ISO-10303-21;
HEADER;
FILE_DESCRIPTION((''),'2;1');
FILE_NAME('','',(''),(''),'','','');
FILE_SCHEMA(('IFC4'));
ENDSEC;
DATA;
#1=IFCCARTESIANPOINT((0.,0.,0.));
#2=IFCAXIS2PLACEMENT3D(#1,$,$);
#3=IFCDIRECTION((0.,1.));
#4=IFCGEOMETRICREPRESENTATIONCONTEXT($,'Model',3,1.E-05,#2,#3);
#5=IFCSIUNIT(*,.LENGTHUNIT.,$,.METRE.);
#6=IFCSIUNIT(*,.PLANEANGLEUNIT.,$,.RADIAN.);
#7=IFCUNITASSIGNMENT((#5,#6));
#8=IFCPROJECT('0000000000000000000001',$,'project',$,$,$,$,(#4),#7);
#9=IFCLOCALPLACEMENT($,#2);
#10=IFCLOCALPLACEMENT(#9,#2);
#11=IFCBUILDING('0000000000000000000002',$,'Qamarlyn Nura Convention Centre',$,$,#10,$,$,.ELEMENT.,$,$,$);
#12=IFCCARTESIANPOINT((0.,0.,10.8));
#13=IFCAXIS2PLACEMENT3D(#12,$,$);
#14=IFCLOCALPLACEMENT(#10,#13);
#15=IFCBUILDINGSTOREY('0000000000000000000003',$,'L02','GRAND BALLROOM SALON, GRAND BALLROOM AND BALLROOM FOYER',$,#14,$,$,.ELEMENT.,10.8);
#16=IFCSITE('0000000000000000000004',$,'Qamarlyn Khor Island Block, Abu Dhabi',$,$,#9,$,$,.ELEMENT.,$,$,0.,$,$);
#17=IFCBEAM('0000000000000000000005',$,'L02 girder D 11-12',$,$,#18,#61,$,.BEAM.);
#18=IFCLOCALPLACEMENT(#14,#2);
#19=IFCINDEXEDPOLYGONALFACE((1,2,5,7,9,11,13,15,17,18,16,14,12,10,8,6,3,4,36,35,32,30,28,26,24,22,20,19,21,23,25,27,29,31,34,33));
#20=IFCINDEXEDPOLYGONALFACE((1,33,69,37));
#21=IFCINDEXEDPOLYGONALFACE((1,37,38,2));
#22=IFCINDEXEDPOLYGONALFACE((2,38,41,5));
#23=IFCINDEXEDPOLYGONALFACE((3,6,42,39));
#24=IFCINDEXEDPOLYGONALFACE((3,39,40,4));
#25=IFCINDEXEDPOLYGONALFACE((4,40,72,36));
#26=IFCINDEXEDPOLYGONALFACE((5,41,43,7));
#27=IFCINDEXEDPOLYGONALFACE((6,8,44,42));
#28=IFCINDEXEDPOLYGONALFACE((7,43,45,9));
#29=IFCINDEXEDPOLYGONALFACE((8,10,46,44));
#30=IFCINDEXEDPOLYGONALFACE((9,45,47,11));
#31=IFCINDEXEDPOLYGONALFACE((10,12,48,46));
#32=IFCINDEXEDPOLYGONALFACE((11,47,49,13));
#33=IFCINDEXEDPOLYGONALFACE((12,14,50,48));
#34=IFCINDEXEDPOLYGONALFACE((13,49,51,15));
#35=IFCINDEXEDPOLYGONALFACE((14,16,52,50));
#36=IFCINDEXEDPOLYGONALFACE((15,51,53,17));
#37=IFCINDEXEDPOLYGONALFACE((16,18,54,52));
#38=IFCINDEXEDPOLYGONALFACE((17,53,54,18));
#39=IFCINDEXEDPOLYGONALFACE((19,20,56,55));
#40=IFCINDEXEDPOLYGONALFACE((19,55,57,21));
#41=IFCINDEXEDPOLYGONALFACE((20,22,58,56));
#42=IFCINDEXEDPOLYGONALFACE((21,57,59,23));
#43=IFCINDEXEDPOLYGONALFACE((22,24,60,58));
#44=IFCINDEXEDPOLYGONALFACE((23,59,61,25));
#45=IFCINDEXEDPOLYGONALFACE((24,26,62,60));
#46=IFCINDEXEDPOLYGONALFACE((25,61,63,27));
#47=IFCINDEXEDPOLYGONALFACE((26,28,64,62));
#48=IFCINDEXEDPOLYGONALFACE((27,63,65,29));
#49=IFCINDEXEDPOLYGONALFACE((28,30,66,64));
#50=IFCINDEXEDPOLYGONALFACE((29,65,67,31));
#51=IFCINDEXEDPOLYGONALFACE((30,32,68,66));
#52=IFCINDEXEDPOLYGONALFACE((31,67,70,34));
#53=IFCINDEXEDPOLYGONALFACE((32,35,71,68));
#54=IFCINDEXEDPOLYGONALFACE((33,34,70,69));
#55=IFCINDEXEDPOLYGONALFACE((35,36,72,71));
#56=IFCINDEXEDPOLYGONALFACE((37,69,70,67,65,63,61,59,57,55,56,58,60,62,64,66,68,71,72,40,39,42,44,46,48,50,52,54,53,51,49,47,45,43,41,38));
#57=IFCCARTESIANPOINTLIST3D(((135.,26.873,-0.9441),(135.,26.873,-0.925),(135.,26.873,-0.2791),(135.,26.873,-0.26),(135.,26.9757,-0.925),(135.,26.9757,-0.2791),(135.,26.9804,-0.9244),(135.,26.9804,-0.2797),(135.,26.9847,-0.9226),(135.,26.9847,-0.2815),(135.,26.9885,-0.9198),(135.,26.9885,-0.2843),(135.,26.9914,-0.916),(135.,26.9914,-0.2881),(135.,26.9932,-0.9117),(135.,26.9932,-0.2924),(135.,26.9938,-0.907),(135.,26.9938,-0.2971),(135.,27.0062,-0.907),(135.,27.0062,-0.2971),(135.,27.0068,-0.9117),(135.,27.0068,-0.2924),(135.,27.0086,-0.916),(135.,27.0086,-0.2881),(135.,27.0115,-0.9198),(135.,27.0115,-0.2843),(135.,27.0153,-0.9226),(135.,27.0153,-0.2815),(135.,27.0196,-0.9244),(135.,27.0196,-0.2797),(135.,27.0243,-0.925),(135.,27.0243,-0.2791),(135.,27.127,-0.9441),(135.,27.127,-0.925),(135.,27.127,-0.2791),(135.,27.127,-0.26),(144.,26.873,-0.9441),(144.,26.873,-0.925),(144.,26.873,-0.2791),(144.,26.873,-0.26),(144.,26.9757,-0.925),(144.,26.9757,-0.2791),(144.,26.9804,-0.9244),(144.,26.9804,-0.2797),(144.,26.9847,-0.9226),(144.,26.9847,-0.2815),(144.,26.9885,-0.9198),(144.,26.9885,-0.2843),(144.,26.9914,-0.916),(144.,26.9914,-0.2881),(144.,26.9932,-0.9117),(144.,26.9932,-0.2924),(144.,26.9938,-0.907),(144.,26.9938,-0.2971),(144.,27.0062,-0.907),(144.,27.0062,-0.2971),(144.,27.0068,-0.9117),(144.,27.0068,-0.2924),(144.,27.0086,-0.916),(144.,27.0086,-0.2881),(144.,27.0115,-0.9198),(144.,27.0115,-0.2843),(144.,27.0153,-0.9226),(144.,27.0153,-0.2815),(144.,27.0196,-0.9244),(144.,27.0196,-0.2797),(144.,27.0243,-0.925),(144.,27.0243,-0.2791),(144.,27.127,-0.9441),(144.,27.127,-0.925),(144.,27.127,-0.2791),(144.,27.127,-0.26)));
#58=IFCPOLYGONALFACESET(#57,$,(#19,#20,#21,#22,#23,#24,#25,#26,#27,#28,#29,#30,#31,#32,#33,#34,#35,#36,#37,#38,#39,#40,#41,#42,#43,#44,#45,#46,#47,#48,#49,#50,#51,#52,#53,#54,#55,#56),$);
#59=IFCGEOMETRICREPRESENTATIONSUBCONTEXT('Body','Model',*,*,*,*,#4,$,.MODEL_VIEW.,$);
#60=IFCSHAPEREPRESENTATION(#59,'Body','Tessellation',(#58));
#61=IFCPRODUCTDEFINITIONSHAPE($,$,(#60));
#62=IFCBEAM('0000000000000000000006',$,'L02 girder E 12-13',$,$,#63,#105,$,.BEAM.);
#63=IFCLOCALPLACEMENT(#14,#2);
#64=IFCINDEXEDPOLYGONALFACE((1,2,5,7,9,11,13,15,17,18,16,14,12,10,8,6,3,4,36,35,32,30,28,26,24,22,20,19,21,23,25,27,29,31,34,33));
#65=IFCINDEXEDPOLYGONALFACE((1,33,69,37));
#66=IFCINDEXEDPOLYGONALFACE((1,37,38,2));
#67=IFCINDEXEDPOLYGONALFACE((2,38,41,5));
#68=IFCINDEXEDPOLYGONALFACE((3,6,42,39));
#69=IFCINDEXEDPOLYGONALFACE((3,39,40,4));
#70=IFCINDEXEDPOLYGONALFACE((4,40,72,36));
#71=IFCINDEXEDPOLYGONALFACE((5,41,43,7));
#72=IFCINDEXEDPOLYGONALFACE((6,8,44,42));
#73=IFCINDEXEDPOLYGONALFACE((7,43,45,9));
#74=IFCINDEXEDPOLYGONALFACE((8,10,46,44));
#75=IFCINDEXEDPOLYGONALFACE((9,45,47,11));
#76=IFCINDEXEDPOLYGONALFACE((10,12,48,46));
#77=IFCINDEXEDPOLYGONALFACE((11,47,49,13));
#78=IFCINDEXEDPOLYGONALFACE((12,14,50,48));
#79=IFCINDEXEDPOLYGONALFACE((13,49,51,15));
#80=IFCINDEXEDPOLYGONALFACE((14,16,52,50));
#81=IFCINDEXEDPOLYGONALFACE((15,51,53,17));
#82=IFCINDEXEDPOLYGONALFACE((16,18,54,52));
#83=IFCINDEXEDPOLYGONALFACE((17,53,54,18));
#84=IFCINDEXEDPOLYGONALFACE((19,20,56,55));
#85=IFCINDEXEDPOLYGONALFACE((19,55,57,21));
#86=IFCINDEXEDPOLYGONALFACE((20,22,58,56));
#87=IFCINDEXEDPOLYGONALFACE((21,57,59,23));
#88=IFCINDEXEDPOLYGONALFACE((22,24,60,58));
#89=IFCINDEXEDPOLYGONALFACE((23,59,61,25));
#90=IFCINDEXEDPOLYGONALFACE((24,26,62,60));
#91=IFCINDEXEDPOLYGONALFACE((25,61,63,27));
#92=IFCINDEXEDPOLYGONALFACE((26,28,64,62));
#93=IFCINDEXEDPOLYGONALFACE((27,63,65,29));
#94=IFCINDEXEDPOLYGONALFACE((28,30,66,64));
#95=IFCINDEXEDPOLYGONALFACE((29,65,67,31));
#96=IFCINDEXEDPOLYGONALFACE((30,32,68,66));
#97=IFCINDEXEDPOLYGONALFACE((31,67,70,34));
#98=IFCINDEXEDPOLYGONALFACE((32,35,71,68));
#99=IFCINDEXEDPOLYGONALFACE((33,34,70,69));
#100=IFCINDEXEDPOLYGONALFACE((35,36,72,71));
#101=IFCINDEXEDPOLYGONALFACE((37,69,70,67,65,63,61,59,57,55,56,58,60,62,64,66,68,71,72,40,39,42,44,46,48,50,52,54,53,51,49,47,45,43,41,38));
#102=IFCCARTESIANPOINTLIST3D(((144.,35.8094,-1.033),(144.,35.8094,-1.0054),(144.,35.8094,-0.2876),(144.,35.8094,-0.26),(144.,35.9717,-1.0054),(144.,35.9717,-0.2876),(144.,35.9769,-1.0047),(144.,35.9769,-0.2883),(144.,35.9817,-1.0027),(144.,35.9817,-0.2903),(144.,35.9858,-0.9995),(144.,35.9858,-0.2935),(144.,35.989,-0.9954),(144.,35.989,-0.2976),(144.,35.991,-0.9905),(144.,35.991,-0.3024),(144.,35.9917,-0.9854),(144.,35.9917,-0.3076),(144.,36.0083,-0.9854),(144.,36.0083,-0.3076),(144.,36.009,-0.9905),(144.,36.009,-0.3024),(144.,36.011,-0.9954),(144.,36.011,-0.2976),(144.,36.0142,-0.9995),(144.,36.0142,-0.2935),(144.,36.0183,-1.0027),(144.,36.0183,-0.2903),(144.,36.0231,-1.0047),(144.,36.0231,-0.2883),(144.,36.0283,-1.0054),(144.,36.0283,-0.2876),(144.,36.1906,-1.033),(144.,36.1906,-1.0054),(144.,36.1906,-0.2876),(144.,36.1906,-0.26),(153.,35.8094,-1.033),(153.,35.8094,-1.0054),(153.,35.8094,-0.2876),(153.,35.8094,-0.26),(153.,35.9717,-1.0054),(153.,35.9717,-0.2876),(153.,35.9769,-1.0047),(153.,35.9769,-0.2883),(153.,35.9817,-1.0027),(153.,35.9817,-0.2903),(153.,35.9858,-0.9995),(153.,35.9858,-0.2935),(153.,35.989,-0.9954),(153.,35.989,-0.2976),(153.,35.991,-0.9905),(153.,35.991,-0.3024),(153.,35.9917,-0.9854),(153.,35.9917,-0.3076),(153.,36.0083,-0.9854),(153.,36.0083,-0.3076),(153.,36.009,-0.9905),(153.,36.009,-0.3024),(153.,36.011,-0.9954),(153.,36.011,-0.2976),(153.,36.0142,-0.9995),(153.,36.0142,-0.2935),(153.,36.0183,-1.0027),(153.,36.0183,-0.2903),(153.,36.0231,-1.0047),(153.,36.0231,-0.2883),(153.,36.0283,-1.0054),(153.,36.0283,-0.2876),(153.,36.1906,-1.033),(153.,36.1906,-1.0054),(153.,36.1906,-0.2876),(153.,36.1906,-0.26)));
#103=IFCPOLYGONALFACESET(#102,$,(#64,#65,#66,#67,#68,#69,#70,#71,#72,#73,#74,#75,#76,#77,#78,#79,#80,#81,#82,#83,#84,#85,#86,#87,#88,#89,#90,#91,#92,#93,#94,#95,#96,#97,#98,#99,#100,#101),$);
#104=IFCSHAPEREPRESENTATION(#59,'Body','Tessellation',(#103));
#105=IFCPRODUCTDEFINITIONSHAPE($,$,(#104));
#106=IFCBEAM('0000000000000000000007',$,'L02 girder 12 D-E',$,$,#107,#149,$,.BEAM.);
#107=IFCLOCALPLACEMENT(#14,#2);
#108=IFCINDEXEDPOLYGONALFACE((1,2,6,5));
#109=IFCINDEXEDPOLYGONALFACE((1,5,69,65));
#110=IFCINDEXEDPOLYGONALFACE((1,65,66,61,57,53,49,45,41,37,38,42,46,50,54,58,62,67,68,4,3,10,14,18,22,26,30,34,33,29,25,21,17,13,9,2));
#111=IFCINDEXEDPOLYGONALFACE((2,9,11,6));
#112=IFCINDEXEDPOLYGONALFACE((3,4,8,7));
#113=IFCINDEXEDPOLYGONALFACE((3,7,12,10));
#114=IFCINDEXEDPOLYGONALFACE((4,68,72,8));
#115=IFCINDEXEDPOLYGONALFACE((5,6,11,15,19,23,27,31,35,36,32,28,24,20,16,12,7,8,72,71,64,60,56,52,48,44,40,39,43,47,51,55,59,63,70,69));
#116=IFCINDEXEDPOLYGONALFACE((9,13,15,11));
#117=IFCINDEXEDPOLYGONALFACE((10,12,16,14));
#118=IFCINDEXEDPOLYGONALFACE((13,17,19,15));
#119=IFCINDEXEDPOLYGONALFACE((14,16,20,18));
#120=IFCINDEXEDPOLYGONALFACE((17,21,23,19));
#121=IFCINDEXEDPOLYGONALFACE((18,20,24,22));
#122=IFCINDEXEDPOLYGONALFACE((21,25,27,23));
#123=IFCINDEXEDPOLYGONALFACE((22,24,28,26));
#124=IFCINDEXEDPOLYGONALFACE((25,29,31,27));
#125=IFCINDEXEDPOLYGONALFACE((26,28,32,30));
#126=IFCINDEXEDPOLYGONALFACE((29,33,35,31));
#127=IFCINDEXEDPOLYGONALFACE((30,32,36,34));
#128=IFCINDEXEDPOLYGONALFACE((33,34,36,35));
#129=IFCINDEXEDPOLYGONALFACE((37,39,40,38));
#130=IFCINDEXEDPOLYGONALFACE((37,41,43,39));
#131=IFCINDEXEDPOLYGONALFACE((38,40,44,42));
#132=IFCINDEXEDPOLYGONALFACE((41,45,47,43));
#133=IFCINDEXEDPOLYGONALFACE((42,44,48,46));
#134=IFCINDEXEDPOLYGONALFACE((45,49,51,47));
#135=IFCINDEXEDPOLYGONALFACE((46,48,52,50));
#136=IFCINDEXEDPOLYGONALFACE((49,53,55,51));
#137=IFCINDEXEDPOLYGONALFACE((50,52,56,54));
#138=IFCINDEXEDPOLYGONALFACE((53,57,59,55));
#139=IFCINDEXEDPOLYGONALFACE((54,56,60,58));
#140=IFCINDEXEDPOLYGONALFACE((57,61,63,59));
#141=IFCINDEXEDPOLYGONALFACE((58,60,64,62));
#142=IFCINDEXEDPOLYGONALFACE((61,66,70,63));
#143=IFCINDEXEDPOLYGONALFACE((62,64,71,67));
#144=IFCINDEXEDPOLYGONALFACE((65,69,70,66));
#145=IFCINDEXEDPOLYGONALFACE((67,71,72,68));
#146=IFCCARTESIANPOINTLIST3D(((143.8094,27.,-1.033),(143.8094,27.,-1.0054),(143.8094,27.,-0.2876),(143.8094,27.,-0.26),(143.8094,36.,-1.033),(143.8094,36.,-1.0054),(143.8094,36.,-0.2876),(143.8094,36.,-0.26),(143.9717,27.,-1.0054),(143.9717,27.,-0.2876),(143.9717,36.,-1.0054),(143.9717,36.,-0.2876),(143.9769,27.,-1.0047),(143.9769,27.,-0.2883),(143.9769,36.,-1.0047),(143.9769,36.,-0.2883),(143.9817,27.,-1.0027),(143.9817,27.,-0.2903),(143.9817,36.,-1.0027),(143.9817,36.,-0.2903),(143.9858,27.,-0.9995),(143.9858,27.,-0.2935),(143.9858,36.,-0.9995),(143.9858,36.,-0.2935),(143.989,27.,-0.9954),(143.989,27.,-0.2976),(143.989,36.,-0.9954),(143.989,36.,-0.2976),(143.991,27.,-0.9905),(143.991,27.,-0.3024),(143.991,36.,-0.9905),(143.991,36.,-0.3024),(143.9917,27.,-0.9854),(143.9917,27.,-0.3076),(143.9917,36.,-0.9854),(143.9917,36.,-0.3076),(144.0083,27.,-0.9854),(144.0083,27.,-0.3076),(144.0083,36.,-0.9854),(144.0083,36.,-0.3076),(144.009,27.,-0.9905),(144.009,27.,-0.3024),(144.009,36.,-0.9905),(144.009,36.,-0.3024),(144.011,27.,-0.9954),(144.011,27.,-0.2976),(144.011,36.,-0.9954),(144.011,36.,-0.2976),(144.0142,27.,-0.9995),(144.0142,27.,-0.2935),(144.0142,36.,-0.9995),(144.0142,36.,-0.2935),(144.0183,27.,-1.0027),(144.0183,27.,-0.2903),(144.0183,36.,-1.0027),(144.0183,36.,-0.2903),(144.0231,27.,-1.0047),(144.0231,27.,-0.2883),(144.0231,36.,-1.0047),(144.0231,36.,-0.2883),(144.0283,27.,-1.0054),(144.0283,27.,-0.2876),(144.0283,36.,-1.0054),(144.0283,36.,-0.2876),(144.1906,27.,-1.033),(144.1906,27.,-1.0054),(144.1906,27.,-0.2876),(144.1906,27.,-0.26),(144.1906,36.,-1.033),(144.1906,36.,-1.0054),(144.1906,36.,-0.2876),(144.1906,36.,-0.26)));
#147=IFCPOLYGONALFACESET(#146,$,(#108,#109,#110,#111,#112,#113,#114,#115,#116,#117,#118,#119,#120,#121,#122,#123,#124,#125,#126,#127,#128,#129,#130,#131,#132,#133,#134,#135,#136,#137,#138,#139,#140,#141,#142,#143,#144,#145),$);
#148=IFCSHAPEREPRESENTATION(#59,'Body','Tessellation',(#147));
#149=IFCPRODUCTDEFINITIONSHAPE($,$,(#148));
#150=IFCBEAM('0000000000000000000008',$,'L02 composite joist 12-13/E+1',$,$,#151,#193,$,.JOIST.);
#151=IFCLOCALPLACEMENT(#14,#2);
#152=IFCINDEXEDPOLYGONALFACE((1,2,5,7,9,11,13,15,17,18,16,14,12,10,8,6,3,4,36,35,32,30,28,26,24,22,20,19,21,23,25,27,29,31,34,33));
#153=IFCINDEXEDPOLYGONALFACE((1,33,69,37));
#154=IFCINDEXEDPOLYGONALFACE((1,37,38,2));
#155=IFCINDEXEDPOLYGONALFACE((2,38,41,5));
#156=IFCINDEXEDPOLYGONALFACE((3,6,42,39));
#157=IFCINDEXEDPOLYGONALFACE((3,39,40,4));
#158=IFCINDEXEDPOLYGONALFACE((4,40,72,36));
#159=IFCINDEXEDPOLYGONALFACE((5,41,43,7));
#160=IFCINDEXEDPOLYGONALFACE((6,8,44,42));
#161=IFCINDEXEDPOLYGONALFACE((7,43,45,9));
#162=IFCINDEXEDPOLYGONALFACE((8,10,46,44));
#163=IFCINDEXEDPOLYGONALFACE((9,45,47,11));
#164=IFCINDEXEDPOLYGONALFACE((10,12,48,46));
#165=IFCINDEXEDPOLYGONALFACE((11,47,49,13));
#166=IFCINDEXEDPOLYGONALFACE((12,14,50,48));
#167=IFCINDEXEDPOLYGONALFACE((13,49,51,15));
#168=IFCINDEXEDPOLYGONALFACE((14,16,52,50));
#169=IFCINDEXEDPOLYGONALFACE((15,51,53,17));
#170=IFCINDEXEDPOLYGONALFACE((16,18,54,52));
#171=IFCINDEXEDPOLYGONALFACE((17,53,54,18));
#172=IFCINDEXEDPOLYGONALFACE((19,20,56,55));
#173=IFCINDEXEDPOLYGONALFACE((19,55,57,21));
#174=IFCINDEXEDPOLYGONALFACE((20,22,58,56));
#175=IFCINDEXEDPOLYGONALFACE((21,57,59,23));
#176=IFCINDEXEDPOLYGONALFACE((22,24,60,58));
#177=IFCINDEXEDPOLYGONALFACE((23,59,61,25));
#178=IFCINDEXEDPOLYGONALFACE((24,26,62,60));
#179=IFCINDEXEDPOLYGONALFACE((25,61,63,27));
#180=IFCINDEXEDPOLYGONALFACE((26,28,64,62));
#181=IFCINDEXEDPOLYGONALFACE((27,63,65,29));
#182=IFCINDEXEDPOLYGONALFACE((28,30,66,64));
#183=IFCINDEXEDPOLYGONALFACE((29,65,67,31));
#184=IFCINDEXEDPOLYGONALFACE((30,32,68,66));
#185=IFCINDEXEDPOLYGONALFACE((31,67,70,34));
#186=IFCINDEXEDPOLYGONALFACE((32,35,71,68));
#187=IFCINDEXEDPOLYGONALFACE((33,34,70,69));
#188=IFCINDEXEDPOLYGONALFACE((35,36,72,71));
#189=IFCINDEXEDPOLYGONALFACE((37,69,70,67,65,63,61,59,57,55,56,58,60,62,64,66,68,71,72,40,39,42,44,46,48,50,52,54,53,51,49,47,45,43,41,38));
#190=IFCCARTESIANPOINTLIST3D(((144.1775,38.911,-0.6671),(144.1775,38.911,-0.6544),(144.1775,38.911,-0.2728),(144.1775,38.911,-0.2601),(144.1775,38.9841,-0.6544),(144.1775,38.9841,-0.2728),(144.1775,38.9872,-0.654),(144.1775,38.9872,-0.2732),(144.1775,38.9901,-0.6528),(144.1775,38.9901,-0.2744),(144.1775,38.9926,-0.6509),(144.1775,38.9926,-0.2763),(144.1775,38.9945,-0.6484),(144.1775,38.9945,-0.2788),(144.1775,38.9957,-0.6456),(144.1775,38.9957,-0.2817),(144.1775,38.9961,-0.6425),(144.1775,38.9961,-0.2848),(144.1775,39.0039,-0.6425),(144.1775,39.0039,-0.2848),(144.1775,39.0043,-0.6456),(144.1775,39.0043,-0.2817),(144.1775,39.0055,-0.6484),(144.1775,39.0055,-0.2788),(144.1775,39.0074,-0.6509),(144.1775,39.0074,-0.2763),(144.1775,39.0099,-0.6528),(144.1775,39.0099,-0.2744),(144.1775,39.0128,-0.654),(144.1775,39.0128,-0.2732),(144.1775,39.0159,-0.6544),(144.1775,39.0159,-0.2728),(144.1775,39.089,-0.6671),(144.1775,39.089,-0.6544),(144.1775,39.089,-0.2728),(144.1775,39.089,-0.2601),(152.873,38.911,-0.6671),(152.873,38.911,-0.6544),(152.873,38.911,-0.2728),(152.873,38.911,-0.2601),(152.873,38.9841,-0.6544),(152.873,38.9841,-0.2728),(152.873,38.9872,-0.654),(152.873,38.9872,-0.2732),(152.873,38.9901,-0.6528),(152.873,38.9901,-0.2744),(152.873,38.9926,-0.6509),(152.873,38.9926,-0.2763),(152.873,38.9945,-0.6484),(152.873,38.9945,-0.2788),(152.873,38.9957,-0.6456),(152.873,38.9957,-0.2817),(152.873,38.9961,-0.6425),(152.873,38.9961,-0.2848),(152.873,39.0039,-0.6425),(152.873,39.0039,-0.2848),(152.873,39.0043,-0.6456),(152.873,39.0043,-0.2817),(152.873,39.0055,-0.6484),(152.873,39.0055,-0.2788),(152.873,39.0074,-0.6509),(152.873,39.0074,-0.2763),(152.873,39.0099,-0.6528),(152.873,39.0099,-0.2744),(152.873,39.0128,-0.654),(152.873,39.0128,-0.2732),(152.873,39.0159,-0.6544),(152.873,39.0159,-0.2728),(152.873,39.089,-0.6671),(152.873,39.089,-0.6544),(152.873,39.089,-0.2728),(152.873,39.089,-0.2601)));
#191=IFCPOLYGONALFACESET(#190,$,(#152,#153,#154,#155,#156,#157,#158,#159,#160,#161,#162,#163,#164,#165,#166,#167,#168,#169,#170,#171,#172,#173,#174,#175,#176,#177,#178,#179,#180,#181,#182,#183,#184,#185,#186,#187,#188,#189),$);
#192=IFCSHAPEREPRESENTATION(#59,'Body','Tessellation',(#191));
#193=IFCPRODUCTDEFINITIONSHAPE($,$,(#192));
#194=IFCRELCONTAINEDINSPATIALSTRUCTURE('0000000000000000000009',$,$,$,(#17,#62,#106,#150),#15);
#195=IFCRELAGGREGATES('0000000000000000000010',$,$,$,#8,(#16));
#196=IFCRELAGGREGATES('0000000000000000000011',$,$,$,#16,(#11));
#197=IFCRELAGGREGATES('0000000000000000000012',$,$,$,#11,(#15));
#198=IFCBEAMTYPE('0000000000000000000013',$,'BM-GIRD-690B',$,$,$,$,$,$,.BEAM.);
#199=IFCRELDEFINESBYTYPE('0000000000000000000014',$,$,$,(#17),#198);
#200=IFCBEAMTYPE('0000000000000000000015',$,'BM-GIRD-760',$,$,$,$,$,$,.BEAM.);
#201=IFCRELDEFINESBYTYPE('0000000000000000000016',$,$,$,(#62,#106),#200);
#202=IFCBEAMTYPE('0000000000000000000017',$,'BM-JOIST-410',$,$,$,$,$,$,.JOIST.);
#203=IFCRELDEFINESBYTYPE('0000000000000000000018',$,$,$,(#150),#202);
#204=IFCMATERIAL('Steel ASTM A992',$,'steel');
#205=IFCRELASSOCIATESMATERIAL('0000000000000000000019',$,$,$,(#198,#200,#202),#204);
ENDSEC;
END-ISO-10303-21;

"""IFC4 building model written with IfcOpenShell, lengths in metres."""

from ifc_helpers import new_model, si_unit, direction, frame, origin, origin_2d, place, context, subcontext, project, spatial, i_section, extrude, material, material_profile, profile_set, type_object, element, save


model = new_model("IFC4")

# Units and contexts
model_context = context("Model", 3, precision=1e-05, world=origin(), true_north=direction((0.0, 1.0)))
body_context = subcontext(model_context, "Body", "Model", "MODEL_VIEW")
ifc_project = project(units=[si_unit("LENGTHUNIT", "METRE"), si_unit("PLANEANGLEUNIT", "RADIAN")], contexts=[model_context])

# Site, building, storey
site_placement = place(None, origin())
site = spatial("IfcSite", under=ifc_project, at=site_placement, Name="Qamarlyn Khor Island Block, Abu Dhabi", CompositionType="ELEMENT", RefElevation=0.0)
building_placement = place(site_placement, origin())
building = spatial("IfcBuilding", under=site, at=building_placement, Name="Qamarlyn Nura Convention Centre", CompositionType="ELEMENT")
storey_placement = place(building_placement, frame((0.0, 0.0, 10.8)))
storey = spatial("IfcBuildingStorey", under=building, at=storey_placement, Name="L02", Description="GRAND BALLROOM SALON, GRAND BALLROOM AND BALLROOM FOYER", CompositionType="ELEMENT", Elevation=10.8)

# Shared definitions
ifc_material_1 = material(Name="Steel ASTM A992", Category="steel")

# Beams
ifc_material_profile_1 = material_profile(ifc_material_1, i_section(OverallWidth=0.2539, OverallDepth=0.6841, WebThickness=0.0125, FlangeThickness=0.019, FilletRadius=0.0181, at=origin_2d()), Name="W690X140")
ifc_profile_set_1 = profile_set([ifc_material_profile_1], Name="Steel ASTM A992")
beam_type_1 = type_object("IfcBeamType", Name="BM-GIRD-690B", PredefinedType="BEAM", material=ifc_profile_set_1)
beam_1_placement = place(storey_placement, frame((135.0, 27.0, -0.6021), z_axis=(1.0, 0.0, 0.0), x_axis=(0.0, 1.0, 0.0)))
element("IfcBeam", 1, at=beam_1_placement, inside=storey, type_object=beam_type_1, Name="L02 girder D 11-12", PredefinedType="BEAM", context=body_context, shape_type="SweptSolid", body=[
    extrude(i_section(OverallWidth=0.2539, OverallDepth=0.6841, WebThickness=0.0125, FlangeThickness=0.019, FilletRadius=0.0181, at=origin_2d()), origin(), (0.0, 0.0, 1.0), 9.0),
])
ifc_material_profile_2 = material_profile(ifc_material_1, i_section(OverallWidth=0.3811, OverallDepth=0.7729, WebThickness=0.0166, FlangeThickness=0.0276, FilletRadius=0.02, at=origin_2d()), Name="W760X257")
ifc_profile_set_2 = profile_set([ifc_material_profile_2], Name="Steel ASTM A992")
beam_type_2 = type_object("IfcBeamType", Name="BM-GIRD-760", PredefinedType="BEAM", material=ifc_profile_set_2)
for number, where, z_axis, x_axis, name in (
    (2, (144.0, 36.0, -0.6465), (1.0, 0.0, 0.0), (0.0, 1.0, 0.0), "L02 girder E 12-13"),
    (3, (144.0, 27.0, -0.6465), (0.0, 1.0, 0.0), (-1.0, 0.0, 0.0), "L02 girder 12 D-E"),
):
    element("IfcBeam", number, at=place(storey_placement, frame(where, z_axis=z_axis, x_axis=x_axis)), inside=storey, type_object=beam_type_2, Name=name, PredefinedType="BEAM", context=body_context, shape_type="SweptSolid", body=[
        extrude(i_section(OverallWidth=0.3811, OverallDepth=0.7729, WebThickness=0.0166, FlangeThickness=0.0276, FilletRadius=0.02, at=origin_2d()), origin(), (0.0, 0.0, 1.0), 9.0),
    ])
ifc_material_profile_3 = material_profile(ifc_material_1, i_section(OverallWidth=0.178, OverallDepth=0.407, WebThickness=0.0078, FlangeThickness=0.0127, FilletRadius=0.012, at=origin_2d()), Name="W410X60")
ifc_profile_set_3 = profile_set([ifc_material_profile_3], Name="Steel ASTM A992")
beam_type_3 = type_object("IfcBeamType", Name="BM-JOIST-410", PredefinedType="JOIST", material=ifc_profile_set_3)
beam_2_placement = place(storey_placement, frame((144.1775, 39.0, -0.4636), z_axis=(1.0, 0.0, 0.0), x_axis=(0.0, 1.0, 0.0)))
element("IfcBeam", 4, at=beam_2_placement, inside=storey, type_object=beam_type_3, Name="L02 composite joist 12-13/E+1", PredefinedType="JOIST", context=body_context, shape_type="SweptSolid", body=[
    extrude(i_section(OverallWidth=0.178, OverallDepth=0.407, WebThickness=0.0078, FlangeThickness=0.0127, FilletRadius=0.012, at=origin_2d()), origin(), (0.0, 0.0, 1.0), 8.6956),
])

save(model, "model.ifc")
